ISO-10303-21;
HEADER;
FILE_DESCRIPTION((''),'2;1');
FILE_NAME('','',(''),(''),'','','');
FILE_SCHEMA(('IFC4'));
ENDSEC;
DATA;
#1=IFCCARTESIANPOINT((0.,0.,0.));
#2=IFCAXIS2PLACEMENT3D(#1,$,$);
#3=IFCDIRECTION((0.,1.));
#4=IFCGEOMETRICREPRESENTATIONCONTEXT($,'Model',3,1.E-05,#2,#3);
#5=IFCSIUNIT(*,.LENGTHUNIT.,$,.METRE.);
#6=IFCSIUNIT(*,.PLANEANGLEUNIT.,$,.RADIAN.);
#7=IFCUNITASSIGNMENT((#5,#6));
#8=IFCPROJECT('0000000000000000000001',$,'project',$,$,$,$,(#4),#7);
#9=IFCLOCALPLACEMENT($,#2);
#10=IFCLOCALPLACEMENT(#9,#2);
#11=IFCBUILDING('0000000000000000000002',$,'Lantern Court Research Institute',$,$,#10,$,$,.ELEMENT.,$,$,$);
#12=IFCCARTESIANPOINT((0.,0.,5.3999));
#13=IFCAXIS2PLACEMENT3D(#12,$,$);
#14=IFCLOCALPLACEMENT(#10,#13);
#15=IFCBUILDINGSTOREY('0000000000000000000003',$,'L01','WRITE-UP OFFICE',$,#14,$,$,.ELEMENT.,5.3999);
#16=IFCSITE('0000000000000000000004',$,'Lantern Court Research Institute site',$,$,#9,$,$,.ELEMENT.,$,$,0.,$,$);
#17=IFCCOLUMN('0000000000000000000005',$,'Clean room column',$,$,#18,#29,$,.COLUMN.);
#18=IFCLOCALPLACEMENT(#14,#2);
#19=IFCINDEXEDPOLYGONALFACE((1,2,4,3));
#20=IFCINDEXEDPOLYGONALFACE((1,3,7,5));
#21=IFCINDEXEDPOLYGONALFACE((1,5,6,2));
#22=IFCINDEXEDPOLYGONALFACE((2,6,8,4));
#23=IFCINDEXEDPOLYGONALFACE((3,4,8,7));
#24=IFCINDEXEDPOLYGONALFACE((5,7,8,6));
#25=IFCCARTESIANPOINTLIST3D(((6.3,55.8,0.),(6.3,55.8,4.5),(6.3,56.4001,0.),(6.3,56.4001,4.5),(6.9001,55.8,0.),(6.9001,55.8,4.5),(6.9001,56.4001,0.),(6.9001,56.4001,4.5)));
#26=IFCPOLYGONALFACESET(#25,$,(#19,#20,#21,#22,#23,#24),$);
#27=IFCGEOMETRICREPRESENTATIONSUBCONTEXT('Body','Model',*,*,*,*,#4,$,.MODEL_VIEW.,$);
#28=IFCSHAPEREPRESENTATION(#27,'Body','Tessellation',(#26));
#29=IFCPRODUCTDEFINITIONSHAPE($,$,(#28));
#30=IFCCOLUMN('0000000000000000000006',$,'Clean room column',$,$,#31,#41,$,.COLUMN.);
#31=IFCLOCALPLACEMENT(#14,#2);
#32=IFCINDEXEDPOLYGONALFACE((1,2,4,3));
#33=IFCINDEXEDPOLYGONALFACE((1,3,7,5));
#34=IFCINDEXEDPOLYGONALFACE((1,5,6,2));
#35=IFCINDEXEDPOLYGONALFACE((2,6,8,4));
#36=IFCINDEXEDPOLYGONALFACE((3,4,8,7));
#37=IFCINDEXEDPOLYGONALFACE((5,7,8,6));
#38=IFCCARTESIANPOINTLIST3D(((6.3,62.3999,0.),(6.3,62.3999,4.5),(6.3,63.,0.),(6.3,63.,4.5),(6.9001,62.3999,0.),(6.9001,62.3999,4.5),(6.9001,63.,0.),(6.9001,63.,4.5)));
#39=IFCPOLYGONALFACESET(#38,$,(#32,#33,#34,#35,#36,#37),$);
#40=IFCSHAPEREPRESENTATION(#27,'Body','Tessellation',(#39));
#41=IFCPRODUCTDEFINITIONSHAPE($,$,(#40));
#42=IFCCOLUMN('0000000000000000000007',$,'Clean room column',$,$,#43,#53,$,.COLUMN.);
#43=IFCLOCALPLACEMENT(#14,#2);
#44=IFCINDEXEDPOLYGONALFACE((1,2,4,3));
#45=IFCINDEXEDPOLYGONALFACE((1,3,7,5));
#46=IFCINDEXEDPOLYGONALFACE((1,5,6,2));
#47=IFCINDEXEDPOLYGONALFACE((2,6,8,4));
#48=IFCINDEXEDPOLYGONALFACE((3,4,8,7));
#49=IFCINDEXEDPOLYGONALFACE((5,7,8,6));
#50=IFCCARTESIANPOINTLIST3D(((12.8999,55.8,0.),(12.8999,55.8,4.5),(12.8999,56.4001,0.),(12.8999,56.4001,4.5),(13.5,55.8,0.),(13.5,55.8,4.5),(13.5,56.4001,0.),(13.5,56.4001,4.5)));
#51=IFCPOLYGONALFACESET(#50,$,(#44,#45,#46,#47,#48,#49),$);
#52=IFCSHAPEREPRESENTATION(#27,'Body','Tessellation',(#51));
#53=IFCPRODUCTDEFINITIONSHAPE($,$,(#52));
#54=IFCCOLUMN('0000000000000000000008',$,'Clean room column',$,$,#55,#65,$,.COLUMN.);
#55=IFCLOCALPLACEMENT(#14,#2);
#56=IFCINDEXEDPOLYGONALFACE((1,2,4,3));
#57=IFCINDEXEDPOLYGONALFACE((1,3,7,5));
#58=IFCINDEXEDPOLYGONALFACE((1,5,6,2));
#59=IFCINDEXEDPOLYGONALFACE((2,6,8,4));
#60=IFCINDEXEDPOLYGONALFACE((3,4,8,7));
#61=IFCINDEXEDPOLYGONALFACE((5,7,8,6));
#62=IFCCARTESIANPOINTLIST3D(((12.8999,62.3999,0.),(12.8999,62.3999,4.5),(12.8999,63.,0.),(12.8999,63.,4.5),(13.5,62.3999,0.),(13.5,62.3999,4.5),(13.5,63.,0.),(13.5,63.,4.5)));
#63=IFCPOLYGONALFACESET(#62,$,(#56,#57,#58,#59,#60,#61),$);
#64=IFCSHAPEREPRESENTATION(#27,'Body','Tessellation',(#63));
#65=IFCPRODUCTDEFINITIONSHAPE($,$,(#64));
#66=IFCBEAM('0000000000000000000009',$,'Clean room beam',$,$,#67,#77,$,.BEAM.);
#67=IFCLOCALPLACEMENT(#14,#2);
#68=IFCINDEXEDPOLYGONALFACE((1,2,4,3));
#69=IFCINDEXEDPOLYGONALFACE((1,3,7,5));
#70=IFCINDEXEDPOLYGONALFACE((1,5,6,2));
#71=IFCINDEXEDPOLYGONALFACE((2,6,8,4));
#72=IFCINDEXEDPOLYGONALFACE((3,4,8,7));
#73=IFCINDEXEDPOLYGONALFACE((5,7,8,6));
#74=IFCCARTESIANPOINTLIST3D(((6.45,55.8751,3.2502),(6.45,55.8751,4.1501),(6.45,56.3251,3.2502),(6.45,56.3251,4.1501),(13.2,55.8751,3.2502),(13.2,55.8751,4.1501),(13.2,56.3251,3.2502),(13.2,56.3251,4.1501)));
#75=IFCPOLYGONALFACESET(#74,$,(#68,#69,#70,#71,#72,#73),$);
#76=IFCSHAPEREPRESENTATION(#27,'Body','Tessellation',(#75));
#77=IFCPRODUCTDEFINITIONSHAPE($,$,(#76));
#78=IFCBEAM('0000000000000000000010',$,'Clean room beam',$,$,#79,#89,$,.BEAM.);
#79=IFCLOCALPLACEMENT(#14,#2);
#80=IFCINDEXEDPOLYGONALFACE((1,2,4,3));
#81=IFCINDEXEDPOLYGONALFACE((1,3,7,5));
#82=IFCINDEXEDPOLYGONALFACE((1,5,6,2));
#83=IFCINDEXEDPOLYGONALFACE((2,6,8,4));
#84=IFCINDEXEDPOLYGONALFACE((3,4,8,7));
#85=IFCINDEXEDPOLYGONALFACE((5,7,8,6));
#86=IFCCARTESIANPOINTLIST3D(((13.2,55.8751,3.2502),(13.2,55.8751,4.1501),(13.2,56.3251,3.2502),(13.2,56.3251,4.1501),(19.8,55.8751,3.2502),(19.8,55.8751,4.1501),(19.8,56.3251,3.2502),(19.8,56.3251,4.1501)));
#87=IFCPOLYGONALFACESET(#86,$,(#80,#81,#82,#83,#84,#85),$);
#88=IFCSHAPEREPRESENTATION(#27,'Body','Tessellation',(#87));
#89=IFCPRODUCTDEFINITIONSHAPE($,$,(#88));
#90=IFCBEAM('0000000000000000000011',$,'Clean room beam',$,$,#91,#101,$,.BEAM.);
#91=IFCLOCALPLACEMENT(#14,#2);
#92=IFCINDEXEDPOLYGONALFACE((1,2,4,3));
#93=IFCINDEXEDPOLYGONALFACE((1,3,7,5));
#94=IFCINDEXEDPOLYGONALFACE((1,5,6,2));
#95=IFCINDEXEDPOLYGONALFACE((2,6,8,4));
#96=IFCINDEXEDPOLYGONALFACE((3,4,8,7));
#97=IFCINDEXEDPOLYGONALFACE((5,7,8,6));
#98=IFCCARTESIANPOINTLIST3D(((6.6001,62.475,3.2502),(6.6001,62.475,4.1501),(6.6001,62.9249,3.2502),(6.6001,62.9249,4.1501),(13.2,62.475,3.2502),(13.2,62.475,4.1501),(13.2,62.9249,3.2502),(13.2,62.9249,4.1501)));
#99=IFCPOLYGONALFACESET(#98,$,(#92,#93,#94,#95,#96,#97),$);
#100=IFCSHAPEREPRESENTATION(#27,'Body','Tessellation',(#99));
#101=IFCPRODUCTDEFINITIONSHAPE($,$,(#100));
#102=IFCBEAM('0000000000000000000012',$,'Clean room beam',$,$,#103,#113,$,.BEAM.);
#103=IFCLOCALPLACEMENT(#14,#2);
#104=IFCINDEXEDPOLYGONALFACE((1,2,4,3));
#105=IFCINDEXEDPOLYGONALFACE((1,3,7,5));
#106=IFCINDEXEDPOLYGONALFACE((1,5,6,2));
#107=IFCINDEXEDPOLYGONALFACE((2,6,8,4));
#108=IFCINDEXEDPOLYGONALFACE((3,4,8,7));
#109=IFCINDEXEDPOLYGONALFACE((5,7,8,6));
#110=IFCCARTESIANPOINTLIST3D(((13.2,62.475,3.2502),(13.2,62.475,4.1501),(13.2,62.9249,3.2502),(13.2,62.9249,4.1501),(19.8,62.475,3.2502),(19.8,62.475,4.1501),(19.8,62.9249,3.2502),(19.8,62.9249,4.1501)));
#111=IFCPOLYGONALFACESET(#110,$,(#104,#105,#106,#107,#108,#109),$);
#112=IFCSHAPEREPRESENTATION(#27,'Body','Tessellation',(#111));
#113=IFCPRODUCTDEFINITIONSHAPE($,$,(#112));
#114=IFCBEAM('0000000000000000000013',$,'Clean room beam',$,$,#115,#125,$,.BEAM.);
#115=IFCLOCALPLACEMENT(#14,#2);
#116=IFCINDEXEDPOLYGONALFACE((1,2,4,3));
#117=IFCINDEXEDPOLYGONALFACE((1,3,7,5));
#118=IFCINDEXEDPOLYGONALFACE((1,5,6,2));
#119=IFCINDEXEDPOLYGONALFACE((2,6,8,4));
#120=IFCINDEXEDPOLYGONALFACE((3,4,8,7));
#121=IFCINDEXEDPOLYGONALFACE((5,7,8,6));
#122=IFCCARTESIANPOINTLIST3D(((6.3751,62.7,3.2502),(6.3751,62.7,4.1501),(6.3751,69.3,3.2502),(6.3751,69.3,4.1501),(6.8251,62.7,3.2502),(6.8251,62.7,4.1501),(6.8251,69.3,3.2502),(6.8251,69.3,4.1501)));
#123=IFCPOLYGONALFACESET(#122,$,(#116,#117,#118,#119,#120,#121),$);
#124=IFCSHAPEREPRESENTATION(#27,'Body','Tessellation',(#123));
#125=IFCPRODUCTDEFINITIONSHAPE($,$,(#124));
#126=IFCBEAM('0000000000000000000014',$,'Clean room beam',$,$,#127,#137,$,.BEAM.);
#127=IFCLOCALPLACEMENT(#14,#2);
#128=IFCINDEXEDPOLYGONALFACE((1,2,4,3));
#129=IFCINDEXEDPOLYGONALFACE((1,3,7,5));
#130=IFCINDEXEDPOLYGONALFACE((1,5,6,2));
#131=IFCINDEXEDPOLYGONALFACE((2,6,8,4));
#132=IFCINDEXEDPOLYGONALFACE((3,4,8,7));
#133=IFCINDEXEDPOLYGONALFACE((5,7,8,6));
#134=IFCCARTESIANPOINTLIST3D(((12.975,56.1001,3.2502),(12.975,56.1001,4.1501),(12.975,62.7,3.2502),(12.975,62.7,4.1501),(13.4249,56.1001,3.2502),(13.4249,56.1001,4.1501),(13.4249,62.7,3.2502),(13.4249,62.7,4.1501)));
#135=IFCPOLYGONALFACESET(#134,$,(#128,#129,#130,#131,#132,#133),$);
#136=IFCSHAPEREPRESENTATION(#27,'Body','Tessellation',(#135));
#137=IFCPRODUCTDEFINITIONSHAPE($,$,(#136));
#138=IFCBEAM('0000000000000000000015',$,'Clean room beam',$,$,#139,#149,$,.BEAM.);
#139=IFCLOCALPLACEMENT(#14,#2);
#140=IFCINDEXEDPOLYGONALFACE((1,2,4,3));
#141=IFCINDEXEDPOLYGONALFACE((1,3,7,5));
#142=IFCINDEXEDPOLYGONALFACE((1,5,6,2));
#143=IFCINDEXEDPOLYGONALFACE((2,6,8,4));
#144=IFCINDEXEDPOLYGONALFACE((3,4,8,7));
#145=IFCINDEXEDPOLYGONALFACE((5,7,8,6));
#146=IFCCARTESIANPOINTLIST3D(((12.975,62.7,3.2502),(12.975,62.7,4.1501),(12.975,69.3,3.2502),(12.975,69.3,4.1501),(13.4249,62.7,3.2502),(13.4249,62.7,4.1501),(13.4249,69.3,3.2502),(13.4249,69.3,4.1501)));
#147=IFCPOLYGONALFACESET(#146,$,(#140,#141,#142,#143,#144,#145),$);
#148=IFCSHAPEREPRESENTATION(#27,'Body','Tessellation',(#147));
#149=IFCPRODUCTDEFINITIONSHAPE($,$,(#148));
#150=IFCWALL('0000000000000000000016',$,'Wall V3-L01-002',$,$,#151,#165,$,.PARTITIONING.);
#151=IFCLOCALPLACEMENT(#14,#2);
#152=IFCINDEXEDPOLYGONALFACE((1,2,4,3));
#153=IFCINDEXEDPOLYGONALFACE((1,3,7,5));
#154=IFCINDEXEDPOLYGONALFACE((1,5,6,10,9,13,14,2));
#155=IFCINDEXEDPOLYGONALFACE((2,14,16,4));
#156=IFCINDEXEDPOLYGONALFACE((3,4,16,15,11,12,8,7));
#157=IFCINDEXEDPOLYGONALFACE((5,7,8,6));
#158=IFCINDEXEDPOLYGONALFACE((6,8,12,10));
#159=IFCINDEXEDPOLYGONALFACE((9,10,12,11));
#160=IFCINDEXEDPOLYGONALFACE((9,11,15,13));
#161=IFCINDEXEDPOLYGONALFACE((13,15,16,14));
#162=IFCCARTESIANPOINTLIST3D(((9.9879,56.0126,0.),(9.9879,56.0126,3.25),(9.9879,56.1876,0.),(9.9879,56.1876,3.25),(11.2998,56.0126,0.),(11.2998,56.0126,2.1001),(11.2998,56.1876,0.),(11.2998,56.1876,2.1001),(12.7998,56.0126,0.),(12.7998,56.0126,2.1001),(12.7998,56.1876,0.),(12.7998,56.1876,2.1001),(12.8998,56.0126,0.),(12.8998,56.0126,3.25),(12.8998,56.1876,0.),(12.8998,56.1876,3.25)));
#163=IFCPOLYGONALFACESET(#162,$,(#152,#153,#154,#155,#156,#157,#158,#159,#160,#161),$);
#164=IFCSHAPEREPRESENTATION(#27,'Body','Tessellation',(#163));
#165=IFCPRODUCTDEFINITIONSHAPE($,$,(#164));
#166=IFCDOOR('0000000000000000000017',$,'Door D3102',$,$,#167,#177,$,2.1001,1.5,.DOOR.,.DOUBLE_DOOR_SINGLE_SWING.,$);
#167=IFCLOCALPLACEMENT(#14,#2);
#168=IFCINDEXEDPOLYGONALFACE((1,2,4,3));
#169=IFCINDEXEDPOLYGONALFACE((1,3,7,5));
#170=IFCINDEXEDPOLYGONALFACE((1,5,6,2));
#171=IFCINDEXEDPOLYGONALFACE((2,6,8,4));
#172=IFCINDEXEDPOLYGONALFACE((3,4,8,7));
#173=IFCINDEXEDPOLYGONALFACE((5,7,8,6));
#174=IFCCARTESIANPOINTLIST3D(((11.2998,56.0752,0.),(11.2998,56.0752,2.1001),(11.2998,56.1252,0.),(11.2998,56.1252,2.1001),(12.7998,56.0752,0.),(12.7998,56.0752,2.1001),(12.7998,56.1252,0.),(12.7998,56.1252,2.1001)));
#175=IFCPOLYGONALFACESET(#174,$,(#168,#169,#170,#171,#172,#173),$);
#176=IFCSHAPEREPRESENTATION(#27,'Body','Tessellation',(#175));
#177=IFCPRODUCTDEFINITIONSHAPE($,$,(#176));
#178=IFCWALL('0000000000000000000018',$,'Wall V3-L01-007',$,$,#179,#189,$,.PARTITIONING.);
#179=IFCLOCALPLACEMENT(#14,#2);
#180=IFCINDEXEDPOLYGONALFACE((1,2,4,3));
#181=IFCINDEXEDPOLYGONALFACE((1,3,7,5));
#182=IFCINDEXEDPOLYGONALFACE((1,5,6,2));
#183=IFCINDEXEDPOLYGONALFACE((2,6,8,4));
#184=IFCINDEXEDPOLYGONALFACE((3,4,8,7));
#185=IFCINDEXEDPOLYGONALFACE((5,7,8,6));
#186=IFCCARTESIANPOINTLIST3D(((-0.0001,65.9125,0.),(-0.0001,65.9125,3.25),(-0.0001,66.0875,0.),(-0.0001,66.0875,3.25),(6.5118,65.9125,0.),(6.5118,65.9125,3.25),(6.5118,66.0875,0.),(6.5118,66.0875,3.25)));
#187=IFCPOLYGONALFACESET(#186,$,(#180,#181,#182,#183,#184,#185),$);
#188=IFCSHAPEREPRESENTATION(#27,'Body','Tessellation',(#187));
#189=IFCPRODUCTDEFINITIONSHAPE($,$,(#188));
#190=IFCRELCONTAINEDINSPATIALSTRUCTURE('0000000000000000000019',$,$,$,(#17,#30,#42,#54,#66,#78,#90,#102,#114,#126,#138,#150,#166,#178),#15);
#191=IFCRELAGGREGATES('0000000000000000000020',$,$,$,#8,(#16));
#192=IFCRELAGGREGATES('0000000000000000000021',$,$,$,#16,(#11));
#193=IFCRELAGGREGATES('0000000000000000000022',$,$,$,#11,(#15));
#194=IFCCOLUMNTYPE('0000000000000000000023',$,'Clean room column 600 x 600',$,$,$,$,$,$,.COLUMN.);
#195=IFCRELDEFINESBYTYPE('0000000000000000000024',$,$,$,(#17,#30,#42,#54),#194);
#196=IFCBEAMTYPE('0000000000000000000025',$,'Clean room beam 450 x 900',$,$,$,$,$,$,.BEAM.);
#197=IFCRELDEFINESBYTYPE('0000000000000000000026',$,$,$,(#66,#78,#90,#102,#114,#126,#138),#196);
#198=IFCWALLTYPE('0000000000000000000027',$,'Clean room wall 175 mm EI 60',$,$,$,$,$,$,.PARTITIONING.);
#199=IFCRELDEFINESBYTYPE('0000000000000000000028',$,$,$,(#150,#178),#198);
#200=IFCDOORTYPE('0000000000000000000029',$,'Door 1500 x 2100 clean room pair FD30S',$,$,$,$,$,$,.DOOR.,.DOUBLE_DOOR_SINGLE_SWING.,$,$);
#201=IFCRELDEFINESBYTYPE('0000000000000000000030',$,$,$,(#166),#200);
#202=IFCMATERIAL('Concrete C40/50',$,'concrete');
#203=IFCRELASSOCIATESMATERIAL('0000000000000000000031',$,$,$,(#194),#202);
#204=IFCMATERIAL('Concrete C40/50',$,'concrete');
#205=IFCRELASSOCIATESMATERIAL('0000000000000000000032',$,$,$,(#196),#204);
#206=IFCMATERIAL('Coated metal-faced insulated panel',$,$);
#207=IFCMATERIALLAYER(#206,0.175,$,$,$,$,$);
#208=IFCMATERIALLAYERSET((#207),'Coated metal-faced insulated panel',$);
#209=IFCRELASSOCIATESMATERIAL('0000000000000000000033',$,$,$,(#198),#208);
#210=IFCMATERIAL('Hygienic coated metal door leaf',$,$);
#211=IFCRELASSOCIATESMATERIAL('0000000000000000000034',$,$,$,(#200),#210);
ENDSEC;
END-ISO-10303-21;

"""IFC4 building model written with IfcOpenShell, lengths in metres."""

from ifc_helpers import new_model, si_unit, direction, frame, frame_2d, origin, origin_2d, place, context, subcontext, project, spatial, rectangle, extrude, material, layer, layer_set, material_profile, profile_set, type_object, element, fill, save


model = new_model("IFC4")

# Units and contexts
model_context = context("Model", 3, precision=1e-05, world=origin(), true_north=direction((0.0, 1.0)))
body_context = subcontext(model_context, "Body", "Model", "MODEL_VIEW")
ifc_project = project(units=[si_unit("LENGTHUNIT", "METRE"), si_unit("PLANEANGLEUNIT", "RADIAN")], contexts=[model_context])

# Site, building, storey
site_placement = place(None, origin())
site = spatial("IfcSite", under=ifc_project, at=site_placement, Name="Lantern Court Research Institute site", CompositionType="ELEMENT", RefElevation=0.0)
building_placement = place(site_placement, origin())
building = spatial("IfcBuilding", under=site, at=building_placement, Name="Lantern Court Research Institute", CompositionType="ELEMENT")
storey_placement = place(building_placement, frame((0.0, 0.0, 5.3999)))
storey = spatial("IfcBuildingStorey", under=building, at=storey_placement, Name="L01", Description="WRITE-UP OFFICE", CompositionType="ELEMENT", Elevation=5.3999)

# Columns
ifc_material_1 = material(Name="Concrete C40/50", Category="concrete")
ifc_material_profile_1 = material_profile(ifc_material_1, rectangle(XDim=0.6001, YDim=0.6001, at=origin_2d()), Name="Clean room column 600 x 600")
ifc_profile_set_1 = profile_set([ifc_material_profile_1], Name="Concrete C40/50")
column_type = type_object("IfcColumnType", Name="Clean room column 600 x 600", PredefinedType="COLUMN", material=ifc_profile_set_1)
for number, where, z_axis, x_axis, name in (
    (1, (6.6001, 56.1001, 0.0), (0.0, 0.0, 1.0), (1.0, 0.0, 0.0), "Clean room column"),
    (2, (6.6001, 62.7, 0.0), (0.0, 0.0, 1.0), (1.0, 0.0, 0.0), "Clean room column"),
    (3, (13.2, 56.1001, 0.0), (0.0, 0.0, 1.0), (1.0, 0.0, 0.0), "Clean room column"),
    (4, (13.2, 62.7, 0.0), (0.0, 0.0, 1.0), (1.0, 0.0, 0.0), "Clean room column"),
):
    element("IfcColumn", number, at=place(storey_placement, frame(where, z_axis=z_axis, x_axis=x_axis)), inside=storey, type_object=column_type, Name=name, PredefinedType="COLUMN", context=body_context, shape_type="SweptSolid", body=[
        extrude(rectangle(XDim=0.6001, YDim=0.6001, at=origin_2d()), origin(), (0.0, 0.0, 1.0), 4.5),
    ])

# Beams
ifc_material_2 = material(Name="Concrete C40/50", Category="concrete")
ifc_material_profile_2 = material_profile(ifc_material_2, rectangle(XDim=0.45, YDim=0.8999, at=origin_2d()), Name="Clean room beam 450 x 900")
ifc_profile_set_2 = profile_set([ifc_material_profile_2], Name="Concrete C40/50")
beam_type = type_object("IfcBeamType", Name="Clean room beam 450 x 900", PredefinedType="BEAM", material=ifc_profile_set_2)
beam_1_placement = place(storey_placement, frame((6.45, 56.1001, 3.7002), z_axis=(1.0, 0.0, 0.0), x_axis=(0.0, 1.0, 0.0)))
element("IfcBeam", 5, at=beam_1_placement, inside=storey, type_object=beam_type, Name="Clean room beam", PredefinedType="BEAM", context=body_context, shape_type="SweptSolid", body=[
    extrude(rectangle(XDim=0.45, YDim=0.8999, at=origin_2d()), origin(), (0.0, 0.0, 1.0), 6.75),
])
beam_2_placement = place(storey_placement, frame((13.2, 56.1001, 3.7002), z_axis=(1.0, 0.0, 0.0), x_axis=(0.0, 1.0, 0.0)))
element("IfcBeam", 6, at=beam_2_placement, inside=storey, type_object=beam_type, Name="Clean room beam", PredefinedType="BEAM", context=body_context, shape_type="SweptSolid", body=[
    extrude(rectangle(XDim=0.45, YDim=0.8999, at=origin_2d()), origin(), (0.0, 0.0, 1.0), 6.6001),
])
beam_3_placement = place(storey_placement, frame((6.6001, 62.7, 3.7002), z_axis=(1.0, 0.0, 0.0), x_axis=(0.0, 1.0, 0.0)))
element("IfcBeam", 7, at=beam_3_placement, inside=storey, type_object=beam_type, Name="Clean room beam", PredefinedType="BEAM", context=body_context, shape_type="SweptSolid", body=[
    extrude(rectangle(XDim=0.45, YDim=0.8999, at=origin_2d()), origin(), (0.0, 0.0, 1.0), 6.5999),
])
for number, where, z_axis, x_axis, name in (
    (8, (13.2, 62.7, 3.7002), (1.0, 0.0, 0.0), (0.0, 1.0, 0.0), "Clean room beam"),
    (9, (6.6001, 62.7, 3.7002), (0.0, 1.0, 0.0), (-1.0, 0.0, 0.0), "Clean room beam"),
):
    element("IfcBeam", number, at=place(storey_placement, frame(where, z_axis=z_axis, x_axis=x_axis)), inside=storey, type_object=beam_type, Name=name, PredefinedType="BEAM", context=body_context, shape_type="SweptSolid", body=[
        extrude(rectangle(XDim=0.45, YDim=0.8999, at=origin_2d()), origin(), (0.0, 0.0, 1.0), 6.6001),
    ])
beam_4_placement = place(storey_placement, frame((13.2, 56.1001, 3.7002), z_axis=(0.0, 1.0, 0.0), x_axis=(-1.0, 0.0, 0.0)))
element("IfcBeam", 10, at=beam_4_placement, inside=storey, type_object=beam_type, Name="Clean room beam", PredefinedType="BEAM", context=body_context, shape_type="SweptSolid", body=[
    extrude(rectangle(XDim=0.45, YDim=0.8999, at=origin_2d()), origin(), (0.0, 0.0, 1.0), 6.5999),
])
beam_5_placement = place(storey_placement, frame((13.2, 62.7, 3.7002), z_axis=(0.0, 1.0, 0.0), x_axis=(-1.0, 0.0, 0.0)))
element("IfcBeam", 11, at=beam_5_placement, inside=storey, type_object=beam_type, Name="Clean room beam", PredefinedType="BEAM", context=body_context, shape_type="SweptSolid", body=[
    extrude(rectangle(XDim=0.45, YDim=0.8999, at=origin_2d()), origin(), (0.0, 0.0, 1.0), 6.6001),
])

# Wall, opening, door
ifc_material_3 = material(Name="Coated metal-faced insulated panel")
ifc_layer_1 = layer(ifc_material_3, 0.175)
ifc_layer_set_1 = layer_set([ifc_layer_1], Name="Coated metal-faced insulated panel")
wall_type_1 = type_object("IfcWallType", Name="Clean room wall 175 mm EI 60", PredefinedType="PARTITIONING", material=ifc_layer_set_1)
wall_1_placement = place(storey_placement, frame((12.8999, 56.1001, 0.0), z_axis=(0.0, 0.0, 1.0), x_axis=(-1.0, 0.0, 0.0)))
wall_1 = element("IfcWall", 12, at=wall_1_placement, inside=storey, type_object=wall_type_1, Name="Wall V3-L01-002", PredefinedType="PARTITIONING", context=body_context, shape_type="SweptSolid", body=[
    extrude(rectangle(XDim=2.9119, YDim=0.175, at=frame_2d((1.4561, 0.0))), origin(), (0.0, 0.0, 1.0), 3.25),
])
opening_1_placement = place(wall_1_placement, frame((0.1001, 0.0, 0.0)))
opening_1 = element("IfcOpeningElement", 13, at=opening_1_placement, cuts=wall_1, PredefinedType="OPENING", context=body_context, shape_type="SweptSolid", body=[
    extrude(rectangle(XDim=1.5, YDim=2.1001, at=frame_2d((0.75, 1.05))), frame((0.0, 0.0974, 0.0), z_axis=(0.0, -1.0, 0.0), x_axis=(1.0, 0.0, 0.0)), (0.0, 0.0, 1.0), 0.1951),
])
ifc_material_4 = material(Name="Hygienic coated metal door leaf")
door_type_1 = type_object("IfcDoorType", Name="Door 1500 x 2100 clean room pair FD30S", OperationType="DOUBLE_DOOR_SINGLE_SWING", PredefinedType="DOOR", material=ifc_material_4)
door_1_placement = place(opening_1_placement, origin())
door_1 = element("IfcDoor", 14, at=door_1_placement, inside=storey, type_object=door_type_1, Name="Door D3102", OperationType="DOUBLE_DOOR_SINGLE_SWING", OverallHeight=2.1001, OverallWidth=1.5, PredefinedType="DOOR", context=body_context, shape_type="SweptSolid", body=[
    extrude(rectangle(XDim=1.5, YDim=2.1001, at=frame_2d((0.75, 1.05))), frame((0.0, 0.0249, 0.0), z_axis=(0.0, -1.0, 0.0), x_axis=(1.0, 0.0, 0.0)), (0.0, 0.0, 1.0), 0.05),
])
fill(opening_1, door_1)

# Wall
wall_2_placement = place(storey_placement, frame((0.0, 66.0, 0.0), z_axis=(0.0, 0.0, 1.0), x_axis=(1.0, 0.0, 0.0)))
element("IfcWall", 15, at=wall_2_placement, inside=storey, type_object=wall_type_1, Name="Wall V3-L01-007", PredefinedType="PARTITIONING", context=body_context, shape_type="SweptSolid", body=[
    extrude(rectangle(XDim=6.512, YDim=0.175, at=frame_2d((3.2559, 0.0))), origin(), (0.0, 0.0, 1.0), 3.25),
])

save(model, "model.ifc")
